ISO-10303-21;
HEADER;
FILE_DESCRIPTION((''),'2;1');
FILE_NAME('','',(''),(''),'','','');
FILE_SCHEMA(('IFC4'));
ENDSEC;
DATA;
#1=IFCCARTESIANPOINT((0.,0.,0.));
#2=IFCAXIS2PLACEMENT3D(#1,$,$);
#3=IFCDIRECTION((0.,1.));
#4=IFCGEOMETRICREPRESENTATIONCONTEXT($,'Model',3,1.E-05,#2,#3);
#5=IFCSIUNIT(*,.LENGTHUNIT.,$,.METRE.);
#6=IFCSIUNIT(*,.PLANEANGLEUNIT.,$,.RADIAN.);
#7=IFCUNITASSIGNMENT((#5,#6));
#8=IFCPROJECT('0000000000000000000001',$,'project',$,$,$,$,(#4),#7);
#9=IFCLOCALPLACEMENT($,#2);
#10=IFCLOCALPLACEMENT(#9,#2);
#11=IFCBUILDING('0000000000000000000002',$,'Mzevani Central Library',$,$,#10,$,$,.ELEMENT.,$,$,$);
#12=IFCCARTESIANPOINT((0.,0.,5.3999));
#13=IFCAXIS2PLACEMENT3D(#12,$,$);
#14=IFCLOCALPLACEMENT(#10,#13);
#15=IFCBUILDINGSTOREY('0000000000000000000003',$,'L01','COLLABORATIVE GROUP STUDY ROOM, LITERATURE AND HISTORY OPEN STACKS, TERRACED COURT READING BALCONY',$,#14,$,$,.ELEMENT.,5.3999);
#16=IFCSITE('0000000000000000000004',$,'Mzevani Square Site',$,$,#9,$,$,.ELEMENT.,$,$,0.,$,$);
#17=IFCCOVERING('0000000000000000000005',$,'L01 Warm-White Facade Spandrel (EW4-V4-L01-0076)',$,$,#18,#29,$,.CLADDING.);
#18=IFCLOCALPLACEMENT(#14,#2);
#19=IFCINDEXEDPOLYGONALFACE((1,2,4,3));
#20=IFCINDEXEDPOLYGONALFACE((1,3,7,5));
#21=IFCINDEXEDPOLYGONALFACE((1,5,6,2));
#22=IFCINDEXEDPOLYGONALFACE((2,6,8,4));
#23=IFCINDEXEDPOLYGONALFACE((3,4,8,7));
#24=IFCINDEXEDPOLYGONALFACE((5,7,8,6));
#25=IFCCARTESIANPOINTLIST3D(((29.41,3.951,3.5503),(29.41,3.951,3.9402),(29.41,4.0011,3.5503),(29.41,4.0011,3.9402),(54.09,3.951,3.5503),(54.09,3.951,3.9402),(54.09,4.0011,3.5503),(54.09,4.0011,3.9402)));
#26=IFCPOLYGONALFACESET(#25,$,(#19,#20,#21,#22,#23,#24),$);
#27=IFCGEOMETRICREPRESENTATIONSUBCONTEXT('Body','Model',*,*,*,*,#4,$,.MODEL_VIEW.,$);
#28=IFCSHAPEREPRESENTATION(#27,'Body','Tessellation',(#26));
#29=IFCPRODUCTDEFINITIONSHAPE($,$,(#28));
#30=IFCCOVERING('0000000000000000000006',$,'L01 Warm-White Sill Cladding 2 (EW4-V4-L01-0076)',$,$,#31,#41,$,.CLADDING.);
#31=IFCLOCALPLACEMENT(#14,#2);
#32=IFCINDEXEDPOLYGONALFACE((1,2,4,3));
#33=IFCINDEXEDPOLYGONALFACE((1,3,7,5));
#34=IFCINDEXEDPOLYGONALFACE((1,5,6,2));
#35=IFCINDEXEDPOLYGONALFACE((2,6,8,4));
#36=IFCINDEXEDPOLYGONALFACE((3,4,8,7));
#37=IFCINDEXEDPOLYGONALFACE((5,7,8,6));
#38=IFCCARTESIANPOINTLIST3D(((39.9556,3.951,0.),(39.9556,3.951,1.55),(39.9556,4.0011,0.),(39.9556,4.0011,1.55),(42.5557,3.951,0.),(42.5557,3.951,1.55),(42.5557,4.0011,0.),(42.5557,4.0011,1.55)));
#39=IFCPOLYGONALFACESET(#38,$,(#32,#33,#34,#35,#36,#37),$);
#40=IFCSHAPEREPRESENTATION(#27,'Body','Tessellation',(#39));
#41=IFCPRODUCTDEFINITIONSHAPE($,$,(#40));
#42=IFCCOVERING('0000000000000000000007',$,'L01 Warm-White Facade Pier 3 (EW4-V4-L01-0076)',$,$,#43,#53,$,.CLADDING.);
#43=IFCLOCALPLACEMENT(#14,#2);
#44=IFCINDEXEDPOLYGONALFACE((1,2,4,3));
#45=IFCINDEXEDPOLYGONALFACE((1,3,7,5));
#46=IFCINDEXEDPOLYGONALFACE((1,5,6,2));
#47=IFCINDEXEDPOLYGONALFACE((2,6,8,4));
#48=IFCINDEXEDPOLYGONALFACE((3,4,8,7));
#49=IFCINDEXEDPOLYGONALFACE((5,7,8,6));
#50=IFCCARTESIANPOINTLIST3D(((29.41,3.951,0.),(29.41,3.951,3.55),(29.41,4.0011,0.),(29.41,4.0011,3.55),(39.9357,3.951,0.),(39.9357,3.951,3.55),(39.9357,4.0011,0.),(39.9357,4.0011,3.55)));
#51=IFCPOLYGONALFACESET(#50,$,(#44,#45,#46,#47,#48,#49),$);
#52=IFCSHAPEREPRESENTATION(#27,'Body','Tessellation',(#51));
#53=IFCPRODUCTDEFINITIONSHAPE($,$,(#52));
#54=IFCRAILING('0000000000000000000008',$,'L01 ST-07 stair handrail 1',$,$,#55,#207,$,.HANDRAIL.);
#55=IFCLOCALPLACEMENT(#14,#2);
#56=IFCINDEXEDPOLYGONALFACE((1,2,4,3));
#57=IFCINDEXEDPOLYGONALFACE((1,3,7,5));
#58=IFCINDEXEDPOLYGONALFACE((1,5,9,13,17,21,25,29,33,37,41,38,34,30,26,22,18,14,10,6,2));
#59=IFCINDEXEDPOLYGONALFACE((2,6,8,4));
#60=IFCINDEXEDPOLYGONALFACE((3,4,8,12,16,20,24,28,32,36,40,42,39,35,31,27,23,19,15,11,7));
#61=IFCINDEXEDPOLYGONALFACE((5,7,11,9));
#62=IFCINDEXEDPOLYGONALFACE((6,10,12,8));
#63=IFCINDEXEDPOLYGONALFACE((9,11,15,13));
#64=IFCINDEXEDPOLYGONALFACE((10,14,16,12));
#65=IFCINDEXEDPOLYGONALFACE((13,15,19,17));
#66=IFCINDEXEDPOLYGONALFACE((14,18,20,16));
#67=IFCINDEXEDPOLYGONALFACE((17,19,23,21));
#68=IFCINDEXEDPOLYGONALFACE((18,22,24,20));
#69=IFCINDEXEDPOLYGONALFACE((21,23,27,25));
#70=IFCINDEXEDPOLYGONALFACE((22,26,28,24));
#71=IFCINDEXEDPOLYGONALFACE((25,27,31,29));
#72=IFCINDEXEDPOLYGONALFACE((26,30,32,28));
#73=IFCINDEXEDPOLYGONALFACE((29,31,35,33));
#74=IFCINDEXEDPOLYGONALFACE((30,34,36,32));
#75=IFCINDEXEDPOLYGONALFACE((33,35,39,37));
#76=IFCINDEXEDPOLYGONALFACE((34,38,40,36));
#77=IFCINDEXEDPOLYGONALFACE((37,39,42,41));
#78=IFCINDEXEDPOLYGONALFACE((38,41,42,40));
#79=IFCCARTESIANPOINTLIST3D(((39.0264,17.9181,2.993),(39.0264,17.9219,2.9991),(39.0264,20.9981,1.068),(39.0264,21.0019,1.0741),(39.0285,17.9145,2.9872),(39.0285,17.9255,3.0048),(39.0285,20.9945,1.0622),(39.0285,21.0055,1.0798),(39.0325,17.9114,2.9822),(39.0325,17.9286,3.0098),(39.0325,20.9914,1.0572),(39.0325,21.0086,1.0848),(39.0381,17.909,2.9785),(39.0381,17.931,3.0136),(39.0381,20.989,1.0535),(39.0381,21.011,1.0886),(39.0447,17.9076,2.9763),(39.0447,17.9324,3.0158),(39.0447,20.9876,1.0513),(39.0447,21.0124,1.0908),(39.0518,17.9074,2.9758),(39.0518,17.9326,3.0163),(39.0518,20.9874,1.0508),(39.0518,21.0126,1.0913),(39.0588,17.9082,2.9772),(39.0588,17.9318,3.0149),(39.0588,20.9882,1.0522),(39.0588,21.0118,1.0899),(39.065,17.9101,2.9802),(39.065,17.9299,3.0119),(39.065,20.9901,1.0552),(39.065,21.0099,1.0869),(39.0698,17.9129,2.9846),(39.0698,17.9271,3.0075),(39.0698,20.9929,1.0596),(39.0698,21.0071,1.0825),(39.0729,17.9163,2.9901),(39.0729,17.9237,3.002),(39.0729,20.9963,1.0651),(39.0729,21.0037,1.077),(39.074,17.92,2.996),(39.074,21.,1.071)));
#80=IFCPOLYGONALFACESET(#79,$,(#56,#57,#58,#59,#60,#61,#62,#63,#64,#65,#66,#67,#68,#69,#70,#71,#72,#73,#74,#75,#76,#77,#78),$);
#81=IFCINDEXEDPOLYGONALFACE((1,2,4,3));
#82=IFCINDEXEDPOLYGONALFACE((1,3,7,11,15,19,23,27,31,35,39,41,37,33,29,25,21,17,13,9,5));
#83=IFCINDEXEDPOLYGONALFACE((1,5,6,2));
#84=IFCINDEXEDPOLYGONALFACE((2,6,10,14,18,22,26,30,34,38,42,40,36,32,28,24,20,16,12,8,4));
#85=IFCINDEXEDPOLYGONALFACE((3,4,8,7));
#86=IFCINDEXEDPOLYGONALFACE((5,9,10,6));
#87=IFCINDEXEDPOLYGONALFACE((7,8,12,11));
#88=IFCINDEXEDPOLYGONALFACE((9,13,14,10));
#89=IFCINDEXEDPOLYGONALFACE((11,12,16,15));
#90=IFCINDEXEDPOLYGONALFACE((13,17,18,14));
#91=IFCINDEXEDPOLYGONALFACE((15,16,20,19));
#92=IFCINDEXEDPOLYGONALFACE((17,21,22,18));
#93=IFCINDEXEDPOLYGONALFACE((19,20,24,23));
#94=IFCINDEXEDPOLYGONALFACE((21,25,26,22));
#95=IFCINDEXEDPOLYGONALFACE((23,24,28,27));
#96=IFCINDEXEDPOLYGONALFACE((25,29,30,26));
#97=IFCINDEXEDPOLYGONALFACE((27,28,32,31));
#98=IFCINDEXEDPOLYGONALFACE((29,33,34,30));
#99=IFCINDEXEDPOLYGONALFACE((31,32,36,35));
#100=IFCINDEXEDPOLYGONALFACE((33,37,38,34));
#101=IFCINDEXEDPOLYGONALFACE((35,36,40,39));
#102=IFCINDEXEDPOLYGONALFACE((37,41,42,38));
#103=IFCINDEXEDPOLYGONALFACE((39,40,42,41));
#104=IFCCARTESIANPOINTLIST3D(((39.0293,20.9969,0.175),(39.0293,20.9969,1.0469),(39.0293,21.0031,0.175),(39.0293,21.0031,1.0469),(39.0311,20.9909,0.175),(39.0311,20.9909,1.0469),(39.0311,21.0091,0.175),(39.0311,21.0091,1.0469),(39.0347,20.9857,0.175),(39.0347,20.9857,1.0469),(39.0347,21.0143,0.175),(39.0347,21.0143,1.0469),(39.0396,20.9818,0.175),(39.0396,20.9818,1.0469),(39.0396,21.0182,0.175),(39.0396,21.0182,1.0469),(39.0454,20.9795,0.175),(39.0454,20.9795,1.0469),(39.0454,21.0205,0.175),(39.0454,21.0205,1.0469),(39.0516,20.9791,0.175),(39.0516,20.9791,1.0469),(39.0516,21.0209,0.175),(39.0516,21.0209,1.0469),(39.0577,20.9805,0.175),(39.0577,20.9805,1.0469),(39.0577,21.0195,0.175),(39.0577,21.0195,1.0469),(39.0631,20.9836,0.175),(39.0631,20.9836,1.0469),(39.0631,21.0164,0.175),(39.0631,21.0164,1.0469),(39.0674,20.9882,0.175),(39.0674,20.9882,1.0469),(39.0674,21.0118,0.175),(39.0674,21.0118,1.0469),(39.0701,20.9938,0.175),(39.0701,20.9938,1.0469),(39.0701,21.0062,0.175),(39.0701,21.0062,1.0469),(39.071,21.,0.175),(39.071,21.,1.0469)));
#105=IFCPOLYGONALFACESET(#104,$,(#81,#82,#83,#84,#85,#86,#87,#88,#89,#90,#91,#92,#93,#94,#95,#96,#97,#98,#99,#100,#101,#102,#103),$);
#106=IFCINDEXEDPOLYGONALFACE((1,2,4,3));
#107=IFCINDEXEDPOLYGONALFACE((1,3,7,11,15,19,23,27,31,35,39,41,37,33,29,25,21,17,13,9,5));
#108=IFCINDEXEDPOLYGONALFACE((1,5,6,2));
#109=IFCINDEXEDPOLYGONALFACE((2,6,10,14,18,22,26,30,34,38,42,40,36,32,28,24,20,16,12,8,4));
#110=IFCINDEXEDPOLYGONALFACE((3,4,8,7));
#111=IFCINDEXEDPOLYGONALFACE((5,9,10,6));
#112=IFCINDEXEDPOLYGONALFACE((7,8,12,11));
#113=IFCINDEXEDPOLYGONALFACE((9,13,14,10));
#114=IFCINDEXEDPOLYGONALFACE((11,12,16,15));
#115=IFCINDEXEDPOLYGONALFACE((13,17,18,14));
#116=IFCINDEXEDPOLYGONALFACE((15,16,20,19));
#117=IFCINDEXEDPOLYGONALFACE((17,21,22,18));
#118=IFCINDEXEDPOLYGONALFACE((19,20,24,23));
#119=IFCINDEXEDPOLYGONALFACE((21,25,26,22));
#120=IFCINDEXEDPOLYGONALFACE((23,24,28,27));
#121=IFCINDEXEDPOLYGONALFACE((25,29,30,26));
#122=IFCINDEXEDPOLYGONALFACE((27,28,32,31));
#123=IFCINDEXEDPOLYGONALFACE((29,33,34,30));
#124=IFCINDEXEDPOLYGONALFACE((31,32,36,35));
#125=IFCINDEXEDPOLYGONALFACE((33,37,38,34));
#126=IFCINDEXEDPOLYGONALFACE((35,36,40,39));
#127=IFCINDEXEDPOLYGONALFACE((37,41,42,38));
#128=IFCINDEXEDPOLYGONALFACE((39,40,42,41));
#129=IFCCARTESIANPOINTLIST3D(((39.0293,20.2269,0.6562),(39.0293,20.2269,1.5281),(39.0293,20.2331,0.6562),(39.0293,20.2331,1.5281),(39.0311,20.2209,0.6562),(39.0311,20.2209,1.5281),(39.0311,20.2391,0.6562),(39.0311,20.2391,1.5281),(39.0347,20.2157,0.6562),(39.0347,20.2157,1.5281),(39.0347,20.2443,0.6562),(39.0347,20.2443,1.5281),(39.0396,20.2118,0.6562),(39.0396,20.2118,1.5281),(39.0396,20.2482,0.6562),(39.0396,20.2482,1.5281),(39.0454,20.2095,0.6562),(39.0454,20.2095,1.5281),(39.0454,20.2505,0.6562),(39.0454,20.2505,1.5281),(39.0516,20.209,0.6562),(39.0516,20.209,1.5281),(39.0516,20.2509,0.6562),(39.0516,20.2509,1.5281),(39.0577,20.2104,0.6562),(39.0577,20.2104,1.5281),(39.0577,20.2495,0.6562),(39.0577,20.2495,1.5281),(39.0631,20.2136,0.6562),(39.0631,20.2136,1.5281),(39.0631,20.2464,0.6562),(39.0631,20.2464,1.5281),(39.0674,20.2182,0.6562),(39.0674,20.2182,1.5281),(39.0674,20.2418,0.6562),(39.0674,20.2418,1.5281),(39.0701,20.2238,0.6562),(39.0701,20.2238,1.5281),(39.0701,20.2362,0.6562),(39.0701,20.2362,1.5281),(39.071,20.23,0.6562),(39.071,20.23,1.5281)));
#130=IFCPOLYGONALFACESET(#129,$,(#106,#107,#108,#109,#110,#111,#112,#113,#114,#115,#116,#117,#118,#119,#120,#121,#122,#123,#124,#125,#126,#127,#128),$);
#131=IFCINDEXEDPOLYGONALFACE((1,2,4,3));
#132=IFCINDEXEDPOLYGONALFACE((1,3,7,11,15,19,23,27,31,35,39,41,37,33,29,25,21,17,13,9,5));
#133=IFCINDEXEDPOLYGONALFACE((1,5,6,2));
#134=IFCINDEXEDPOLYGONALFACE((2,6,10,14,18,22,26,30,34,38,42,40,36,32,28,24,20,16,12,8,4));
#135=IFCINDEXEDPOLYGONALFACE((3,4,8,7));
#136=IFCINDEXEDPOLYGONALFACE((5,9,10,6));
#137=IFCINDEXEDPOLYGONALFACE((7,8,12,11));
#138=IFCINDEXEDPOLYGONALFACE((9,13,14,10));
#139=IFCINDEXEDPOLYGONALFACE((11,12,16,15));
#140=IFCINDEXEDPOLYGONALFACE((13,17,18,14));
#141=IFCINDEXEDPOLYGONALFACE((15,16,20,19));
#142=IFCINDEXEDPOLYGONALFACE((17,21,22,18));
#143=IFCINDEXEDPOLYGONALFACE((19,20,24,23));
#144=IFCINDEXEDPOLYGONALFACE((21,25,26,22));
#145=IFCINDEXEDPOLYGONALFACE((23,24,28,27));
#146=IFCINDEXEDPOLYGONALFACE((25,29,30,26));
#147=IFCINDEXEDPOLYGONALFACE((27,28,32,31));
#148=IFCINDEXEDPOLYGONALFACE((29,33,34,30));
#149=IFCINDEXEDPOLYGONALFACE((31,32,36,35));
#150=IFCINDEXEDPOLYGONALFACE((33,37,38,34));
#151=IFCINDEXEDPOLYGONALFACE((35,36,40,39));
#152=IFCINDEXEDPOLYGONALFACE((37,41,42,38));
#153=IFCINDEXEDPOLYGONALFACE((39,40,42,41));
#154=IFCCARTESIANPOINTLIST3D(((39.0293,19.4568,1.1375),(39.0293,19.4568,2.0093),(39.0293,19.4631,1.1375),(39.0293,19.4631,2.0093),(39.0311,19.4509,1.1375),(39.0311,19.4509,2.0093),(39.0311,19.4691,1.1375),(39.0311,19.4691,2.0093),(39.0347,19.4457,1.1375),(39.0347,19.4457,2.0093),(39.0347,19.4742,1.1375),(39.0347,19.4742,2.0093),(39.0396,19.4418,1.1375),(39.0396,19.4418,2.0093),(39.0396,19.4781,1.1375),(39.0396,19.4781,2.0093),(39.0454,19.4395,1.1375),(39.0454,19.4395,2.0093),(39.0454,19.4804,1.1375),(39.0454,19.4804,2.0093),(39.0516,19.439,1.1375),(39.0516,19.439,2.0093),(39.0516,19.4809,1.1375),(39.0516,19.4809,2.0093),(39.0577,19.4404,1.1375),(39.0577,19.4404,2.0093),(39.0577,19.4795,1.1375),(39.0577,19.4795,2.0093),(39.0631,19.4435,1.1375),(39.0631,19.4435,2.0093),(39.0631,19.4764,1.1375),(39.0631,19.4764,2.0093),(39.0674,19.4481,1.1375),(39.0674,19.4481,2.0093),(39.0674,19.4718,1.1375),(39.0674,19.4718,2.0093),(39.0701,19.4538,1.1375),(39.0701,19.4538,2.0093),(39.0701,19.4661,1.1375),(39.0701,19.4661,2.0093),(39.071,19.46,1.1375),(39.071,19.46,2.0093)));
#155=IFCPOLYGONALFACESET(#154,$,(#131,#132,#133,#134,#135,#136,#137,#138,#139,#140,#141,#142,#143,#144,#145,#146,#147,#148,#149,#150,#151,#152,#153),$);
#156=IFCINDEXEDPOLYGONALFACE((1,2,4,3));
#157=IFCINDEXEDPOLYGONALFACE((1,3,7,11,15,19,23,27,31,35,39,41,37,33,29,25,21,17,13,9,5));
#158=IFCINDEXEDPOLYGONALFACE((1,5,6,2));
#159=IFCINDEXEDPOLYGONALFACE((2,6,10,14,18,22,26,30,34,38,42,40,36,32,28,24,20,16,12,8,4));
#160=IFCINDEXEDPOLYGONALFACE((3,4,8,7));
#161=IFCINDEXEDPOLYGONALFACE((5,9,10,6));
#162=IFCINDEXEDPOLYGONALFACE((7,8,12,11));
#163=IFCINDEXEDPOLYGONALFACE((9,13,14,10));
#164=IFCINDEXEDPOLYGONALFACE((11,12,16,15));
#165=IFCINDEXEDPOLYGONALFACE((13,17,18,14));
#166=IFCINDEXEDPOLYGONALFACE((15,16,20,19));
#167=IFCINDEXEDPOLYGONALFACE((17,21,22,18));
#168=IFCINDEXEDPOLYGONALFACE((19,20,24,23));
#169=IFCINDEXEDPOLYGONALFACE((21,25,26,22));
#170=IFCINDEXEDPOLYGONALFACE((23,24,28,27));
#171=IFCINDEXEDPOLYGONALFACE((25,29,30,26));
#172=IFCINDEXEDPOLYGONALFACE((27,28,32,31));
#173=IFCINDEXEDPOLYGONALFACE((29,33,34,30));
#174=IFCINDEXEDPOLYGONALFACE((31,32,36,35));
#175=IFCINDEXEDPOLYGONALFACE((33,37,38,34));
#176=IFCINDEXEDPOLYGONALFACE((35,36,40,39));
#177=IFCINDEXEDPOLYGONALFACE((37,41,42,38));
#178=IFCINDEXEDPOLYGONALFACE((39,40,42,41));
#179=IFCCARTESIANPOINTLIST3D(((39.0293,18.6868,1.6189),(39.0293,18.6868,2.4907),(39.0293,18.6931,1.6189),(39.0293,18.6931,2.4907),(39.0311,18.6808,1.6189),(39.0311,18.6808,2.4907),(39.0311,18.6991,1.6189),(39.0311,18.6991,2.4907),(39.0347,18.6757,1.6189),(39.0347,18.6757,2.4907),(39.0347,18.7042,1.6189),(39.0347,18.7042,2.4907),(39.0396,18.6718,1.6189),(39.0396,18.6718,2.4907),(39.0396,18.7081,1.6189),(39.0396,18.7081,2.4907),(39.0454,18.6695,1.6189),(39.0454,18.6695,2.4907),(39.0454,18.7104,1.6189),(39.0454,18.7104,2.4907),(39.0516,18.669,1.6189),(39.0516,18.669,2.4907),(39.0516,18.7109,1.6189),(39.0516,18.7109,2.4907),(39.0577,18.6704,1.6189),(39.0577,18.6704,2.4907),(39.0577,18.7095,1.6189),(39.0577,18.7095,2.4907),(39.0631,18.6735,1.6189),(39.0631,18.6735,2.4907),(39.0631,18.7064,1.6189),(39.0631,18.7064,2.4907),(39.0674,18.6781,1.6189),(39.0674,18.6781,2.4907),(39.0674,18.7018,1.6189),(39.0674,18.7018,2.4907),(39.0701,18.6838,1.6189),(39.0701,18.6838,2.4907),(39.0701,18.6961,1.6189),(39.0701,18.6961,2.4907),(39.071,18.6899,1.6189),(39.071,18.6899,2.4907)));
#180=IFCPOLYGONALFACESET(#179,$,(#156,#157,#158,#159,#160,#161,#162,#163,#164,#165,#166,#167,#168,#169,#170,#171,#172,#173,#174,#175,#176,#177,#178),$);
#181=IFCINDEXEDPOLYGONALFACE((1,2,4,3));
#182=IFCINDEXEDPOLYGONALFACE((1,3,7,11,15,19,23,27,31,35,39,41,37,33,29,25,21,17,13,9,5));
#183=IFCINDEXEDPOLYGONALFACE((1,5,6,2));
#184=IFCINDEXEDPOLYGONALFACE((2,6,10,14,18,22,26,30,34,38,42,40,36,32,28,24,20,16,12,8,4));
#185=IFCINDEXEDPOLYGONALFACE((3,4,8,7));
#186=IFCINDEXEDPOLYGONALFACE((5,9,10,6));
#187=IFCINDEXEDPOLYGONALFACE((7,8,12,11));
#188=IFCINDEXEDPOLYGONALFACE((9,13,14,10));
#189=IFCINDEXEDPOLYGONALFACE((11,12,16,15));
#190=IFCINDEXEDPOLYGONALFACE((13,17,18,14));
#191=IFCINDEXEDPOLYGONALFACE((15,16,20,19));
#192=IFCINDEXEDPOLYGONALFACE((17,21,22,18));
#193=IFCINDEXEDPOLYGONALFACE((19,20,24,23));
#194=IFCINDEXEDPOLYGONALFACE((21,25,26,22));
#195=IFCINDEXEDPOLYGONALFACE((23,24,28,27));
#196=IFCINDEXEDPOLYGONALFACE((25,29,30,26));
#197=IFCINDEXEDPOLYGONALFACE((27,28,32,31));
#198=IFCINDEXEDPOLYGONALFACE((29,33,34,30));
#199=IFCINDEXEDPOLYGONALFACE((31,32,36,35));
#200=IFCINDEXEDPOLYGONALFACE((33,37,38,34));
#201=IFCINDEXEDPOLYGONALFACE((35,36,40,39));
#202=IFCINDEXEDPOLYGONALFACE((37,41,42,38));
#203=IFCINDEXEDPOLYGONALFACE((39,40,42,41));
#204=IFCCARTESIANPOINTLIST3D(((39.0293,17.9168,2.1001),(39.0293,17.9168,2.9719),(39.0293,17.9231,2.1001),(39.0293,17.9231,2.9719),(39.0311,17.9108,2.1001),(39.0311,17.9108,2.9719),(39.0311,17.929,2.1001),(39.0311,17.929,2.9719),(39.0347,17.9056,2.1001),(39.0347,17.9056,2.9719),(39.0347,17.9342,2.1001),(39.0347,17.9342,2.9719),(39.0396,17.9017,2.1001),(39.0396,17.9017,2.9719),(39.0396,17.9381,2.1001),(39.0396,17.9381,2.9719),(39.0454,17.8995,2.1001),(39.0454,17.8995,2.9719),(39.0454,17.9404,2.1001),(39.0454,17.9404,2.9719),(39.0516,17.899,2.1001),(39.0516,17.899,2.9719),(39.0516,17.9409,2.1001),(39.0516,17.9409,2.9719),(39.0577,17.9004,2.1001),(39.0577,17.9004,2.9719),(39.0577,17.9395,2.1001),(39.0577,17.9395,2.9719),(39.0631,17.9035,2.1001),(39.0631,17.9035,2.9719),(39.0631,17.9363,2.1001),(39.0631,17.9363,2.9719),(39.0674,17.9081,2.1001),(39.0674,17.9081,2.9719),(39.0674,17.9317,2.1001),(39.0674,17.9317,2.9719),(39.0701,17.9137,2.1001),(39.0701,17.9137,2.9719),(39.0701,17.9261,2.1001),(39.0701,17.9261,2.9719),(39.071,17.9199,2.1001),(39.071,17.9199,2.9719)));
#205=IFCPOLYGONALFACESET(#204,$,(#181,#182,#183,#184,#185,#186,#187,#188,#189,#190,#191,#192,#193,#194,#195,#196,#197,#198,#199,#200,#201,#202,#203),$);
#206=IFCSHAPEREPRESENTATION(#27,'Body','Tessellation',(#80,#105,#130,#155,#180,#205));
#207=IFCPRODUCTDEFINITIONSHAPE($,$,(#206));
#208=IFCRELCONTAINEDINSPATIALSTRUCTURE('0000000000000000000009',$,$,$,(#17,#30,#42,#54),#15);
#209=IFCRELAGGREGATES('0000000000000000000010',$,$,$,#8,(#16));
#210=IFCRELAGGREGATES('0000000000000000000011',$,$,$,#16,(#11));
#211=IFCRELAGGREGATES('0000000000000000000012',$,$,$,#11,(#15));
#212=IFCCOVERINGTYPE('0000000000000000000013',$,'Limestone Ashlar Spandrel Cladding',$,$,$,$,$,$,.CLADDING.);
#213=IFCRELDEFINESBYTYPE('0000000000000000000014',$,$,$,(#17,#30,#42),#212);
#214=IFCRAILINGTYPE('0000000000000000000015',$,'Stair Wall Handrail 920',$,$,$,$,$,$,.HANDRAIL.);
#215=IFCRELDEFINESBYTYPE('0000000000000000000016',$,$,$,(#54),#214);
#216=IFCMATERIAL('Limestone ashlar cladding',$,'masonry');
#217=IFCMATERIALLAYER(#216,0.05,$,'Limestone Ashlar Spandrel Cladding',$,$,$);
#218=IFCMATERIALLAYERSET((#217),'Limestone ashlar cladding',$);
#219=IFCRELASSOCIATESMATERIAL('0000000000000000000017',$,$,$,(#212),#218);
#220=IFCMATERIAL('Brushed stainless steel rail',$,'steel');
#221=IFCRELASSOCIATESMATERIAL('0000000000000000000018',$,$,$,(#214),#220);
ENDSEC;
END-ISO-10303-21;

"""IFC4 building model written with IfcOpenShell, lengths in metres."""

from ifc_helpers import new_model, si_unit, direction, frame, origin, origin_2d, place, context, subcontext, project, spatial, rectangle, circle, extrude, material, layer, layer_set, type_object, element, save


model = new_model("IFC4")

# Units and contexts
model_context = context("Model", 3, precision=1e-05, world=origin(), true_north=direction((0.0, 1.0)))
body_context = subcontext(model_context, "Body", "Model", "MODEL_VIEW")
ifc_project = project(units=[si_unit("LENGTHUNIT", "METRE"), si_unit("PLANEANGLEUNIT", "RADIAN")], contexts=[model_context])

# Site, building, storey
site_placement = place(None, origin())
site = spatial("IfcSite", under=ifc_project, at=site_placement, Name="Mzevani Square Site", CompositionType="ELEMENT", RefElevation=0.0)
building_placement = place(site_placement, origin())
building = spatial("IfcBuilding", under=site, at=building_placement, Name="Mzevani Central Library", CompositionType="ELEMENT")
storey_placement = place(building_placement, frame((0.0, 0.0, 5.3999)))
storey = spatial("IfcBuildingStorey", under=building, at=storey_placement, Name="L01", Description="COLLABORATIVE GROUP STUDY ROOM, LITERATURE AND HISTORY OPEN STACKS, TERRACED COURT READING BALCONY", CompositionType="ELEMENT", Elevation=5.3999)

# Shared definitions
ifc_material_1 = material(Name="Brushed stainless steel rail", Category="steel")

# Coverings
ifc_material_2 = material(Name="Limestone ashlar cladding", Category="masonry")
ifc_layer_1 = layer(ifc_material_2, 0.05, Name="Limestone Ashlar Spandrel Cladding")
ifc_layer_set_1 = layer_set([ifc_layer_1], Name="Limestone ashlar cladding")
covering_type = type_object("IfcCoveringType", Name="Limestone Ashlar Spandrel Cladding", PredefinedType="CLADDING", material=ifc_layer_set_1)
covering_1_placement = place(storey_placement, frame((41.75, 3.9761, 3.5503), z_axis=(0.0, 0.0, 1.0), x_axis=(-1.0, 0.0, 0.0)))
element("IfcCovering", 1, at=covering_1_placement, inside=storey, type_object=covering_type, Name="L01 Warm-White Facade Spandrel (EW4-V4-L01-0076)", PredefinedType="CLADDING", context=body_context, shape_type="SweptSolid", body=[
    extrude(rectangle(XDim=24.6799, YDim=0.05, at=origin_2d()), origin(), (0.0, 0.0, 1.0), 0.3899),
])
covering_2_placement = place(storey_placement, frame((41.2556, 3.9761, 0.0), z_axis=(0.0, 0.0, 1.0), x_axis=(-1.0, 0.0, 0.0)))
element("IfcCovering", 2, at=covering_2_placement, inside=storey, type_object=covering_type, Name="L01 Warm-White Sill Cladding 2 (EW4-V4-L01-0076)", PredefinedType="CLADDING", context=body_context, shape_type="SweptSolid", body=[
    extrude(rectangle(XDim=2.6001, YDim=0.05, at=origin_2d()), origin(), (0.0, 0.0, 1.0), 1.55),
])
covering_3_placement = place(storey_placement, frame((34.6729, 3.9761, 0.0), z_axis=(0.0, 0.0, 1.0), x_axis=(-1.0, 0.0, 0.0)))
element("IfcCovering", 3, at=covering_3_placement, inside=storey, type_object=covering_type, Name="L01 Warm-White Facade Pier 3 (EW4-V4-L01-0076)", PredefinedType="CLADDING", context=body_context, shape_type="SweptSolid", body=[
    extrude(rectangle(XDim=10.5256, YDim=0.05, at=origin_2d()), origin(), (0.0, 0.0, 1.0), 3.55),
])

# Railing
railing_type_1 = type_object("IfcRailingType", Name="Stair Wall Handrail 920", PredefinedType="HANDRAIL", material=ifc_material_1)
railing_1_placement = place(storey_placement, frame((39.05, 21.0, 0.175)))
element("IfcRailing", 4, at=railing_1_placement, inside=storey, type_object=railing_type_1, Name="L01 ST-07 stair handrail 1", PredefinedType="HANDRAIL", context=body_context, shape_type="SweptSolid", body=[
    extrude(circle(Radius=0.0239, at=origin_2d()), frame((0.0, 0.0, 0.896), z_axis=(0.0, -0.847998, 0.529999), x_axis=(1.0, 0.0, 0.0)), (0.0, 0.0, 1.0), 3.6321),
    extrude(circle(Radius=0.021, at=origin_2d()), origin(), (0.0, 0.0, 1.0), 0.8718),
    extrude(circle(Radius=0.021, at=origin_2d()), frame((0.0, -0.77, 0.4812)), (0.0, 0.0, 1.0), 0.8718),
    extrude(circle(Radius=0.021, at=origin_2d()), frame((0.0, -1.54, 0.9624)), (0.0, 0.0, 1.0), 0.8718),
    extrude(circle(Radius=0.021, at=origin_2d()), frame((0.0, -2.3101, 1.4438)), (0.0, 0.0, 1.0), 0.8718),
    extrude(circle(Radius=0.021, at=origin_2d()), frame((0.0, -3.0801, 1.925)), (0.0, 0.0, 1.0), 0.8718),
])

save(model, "model.ifc")
